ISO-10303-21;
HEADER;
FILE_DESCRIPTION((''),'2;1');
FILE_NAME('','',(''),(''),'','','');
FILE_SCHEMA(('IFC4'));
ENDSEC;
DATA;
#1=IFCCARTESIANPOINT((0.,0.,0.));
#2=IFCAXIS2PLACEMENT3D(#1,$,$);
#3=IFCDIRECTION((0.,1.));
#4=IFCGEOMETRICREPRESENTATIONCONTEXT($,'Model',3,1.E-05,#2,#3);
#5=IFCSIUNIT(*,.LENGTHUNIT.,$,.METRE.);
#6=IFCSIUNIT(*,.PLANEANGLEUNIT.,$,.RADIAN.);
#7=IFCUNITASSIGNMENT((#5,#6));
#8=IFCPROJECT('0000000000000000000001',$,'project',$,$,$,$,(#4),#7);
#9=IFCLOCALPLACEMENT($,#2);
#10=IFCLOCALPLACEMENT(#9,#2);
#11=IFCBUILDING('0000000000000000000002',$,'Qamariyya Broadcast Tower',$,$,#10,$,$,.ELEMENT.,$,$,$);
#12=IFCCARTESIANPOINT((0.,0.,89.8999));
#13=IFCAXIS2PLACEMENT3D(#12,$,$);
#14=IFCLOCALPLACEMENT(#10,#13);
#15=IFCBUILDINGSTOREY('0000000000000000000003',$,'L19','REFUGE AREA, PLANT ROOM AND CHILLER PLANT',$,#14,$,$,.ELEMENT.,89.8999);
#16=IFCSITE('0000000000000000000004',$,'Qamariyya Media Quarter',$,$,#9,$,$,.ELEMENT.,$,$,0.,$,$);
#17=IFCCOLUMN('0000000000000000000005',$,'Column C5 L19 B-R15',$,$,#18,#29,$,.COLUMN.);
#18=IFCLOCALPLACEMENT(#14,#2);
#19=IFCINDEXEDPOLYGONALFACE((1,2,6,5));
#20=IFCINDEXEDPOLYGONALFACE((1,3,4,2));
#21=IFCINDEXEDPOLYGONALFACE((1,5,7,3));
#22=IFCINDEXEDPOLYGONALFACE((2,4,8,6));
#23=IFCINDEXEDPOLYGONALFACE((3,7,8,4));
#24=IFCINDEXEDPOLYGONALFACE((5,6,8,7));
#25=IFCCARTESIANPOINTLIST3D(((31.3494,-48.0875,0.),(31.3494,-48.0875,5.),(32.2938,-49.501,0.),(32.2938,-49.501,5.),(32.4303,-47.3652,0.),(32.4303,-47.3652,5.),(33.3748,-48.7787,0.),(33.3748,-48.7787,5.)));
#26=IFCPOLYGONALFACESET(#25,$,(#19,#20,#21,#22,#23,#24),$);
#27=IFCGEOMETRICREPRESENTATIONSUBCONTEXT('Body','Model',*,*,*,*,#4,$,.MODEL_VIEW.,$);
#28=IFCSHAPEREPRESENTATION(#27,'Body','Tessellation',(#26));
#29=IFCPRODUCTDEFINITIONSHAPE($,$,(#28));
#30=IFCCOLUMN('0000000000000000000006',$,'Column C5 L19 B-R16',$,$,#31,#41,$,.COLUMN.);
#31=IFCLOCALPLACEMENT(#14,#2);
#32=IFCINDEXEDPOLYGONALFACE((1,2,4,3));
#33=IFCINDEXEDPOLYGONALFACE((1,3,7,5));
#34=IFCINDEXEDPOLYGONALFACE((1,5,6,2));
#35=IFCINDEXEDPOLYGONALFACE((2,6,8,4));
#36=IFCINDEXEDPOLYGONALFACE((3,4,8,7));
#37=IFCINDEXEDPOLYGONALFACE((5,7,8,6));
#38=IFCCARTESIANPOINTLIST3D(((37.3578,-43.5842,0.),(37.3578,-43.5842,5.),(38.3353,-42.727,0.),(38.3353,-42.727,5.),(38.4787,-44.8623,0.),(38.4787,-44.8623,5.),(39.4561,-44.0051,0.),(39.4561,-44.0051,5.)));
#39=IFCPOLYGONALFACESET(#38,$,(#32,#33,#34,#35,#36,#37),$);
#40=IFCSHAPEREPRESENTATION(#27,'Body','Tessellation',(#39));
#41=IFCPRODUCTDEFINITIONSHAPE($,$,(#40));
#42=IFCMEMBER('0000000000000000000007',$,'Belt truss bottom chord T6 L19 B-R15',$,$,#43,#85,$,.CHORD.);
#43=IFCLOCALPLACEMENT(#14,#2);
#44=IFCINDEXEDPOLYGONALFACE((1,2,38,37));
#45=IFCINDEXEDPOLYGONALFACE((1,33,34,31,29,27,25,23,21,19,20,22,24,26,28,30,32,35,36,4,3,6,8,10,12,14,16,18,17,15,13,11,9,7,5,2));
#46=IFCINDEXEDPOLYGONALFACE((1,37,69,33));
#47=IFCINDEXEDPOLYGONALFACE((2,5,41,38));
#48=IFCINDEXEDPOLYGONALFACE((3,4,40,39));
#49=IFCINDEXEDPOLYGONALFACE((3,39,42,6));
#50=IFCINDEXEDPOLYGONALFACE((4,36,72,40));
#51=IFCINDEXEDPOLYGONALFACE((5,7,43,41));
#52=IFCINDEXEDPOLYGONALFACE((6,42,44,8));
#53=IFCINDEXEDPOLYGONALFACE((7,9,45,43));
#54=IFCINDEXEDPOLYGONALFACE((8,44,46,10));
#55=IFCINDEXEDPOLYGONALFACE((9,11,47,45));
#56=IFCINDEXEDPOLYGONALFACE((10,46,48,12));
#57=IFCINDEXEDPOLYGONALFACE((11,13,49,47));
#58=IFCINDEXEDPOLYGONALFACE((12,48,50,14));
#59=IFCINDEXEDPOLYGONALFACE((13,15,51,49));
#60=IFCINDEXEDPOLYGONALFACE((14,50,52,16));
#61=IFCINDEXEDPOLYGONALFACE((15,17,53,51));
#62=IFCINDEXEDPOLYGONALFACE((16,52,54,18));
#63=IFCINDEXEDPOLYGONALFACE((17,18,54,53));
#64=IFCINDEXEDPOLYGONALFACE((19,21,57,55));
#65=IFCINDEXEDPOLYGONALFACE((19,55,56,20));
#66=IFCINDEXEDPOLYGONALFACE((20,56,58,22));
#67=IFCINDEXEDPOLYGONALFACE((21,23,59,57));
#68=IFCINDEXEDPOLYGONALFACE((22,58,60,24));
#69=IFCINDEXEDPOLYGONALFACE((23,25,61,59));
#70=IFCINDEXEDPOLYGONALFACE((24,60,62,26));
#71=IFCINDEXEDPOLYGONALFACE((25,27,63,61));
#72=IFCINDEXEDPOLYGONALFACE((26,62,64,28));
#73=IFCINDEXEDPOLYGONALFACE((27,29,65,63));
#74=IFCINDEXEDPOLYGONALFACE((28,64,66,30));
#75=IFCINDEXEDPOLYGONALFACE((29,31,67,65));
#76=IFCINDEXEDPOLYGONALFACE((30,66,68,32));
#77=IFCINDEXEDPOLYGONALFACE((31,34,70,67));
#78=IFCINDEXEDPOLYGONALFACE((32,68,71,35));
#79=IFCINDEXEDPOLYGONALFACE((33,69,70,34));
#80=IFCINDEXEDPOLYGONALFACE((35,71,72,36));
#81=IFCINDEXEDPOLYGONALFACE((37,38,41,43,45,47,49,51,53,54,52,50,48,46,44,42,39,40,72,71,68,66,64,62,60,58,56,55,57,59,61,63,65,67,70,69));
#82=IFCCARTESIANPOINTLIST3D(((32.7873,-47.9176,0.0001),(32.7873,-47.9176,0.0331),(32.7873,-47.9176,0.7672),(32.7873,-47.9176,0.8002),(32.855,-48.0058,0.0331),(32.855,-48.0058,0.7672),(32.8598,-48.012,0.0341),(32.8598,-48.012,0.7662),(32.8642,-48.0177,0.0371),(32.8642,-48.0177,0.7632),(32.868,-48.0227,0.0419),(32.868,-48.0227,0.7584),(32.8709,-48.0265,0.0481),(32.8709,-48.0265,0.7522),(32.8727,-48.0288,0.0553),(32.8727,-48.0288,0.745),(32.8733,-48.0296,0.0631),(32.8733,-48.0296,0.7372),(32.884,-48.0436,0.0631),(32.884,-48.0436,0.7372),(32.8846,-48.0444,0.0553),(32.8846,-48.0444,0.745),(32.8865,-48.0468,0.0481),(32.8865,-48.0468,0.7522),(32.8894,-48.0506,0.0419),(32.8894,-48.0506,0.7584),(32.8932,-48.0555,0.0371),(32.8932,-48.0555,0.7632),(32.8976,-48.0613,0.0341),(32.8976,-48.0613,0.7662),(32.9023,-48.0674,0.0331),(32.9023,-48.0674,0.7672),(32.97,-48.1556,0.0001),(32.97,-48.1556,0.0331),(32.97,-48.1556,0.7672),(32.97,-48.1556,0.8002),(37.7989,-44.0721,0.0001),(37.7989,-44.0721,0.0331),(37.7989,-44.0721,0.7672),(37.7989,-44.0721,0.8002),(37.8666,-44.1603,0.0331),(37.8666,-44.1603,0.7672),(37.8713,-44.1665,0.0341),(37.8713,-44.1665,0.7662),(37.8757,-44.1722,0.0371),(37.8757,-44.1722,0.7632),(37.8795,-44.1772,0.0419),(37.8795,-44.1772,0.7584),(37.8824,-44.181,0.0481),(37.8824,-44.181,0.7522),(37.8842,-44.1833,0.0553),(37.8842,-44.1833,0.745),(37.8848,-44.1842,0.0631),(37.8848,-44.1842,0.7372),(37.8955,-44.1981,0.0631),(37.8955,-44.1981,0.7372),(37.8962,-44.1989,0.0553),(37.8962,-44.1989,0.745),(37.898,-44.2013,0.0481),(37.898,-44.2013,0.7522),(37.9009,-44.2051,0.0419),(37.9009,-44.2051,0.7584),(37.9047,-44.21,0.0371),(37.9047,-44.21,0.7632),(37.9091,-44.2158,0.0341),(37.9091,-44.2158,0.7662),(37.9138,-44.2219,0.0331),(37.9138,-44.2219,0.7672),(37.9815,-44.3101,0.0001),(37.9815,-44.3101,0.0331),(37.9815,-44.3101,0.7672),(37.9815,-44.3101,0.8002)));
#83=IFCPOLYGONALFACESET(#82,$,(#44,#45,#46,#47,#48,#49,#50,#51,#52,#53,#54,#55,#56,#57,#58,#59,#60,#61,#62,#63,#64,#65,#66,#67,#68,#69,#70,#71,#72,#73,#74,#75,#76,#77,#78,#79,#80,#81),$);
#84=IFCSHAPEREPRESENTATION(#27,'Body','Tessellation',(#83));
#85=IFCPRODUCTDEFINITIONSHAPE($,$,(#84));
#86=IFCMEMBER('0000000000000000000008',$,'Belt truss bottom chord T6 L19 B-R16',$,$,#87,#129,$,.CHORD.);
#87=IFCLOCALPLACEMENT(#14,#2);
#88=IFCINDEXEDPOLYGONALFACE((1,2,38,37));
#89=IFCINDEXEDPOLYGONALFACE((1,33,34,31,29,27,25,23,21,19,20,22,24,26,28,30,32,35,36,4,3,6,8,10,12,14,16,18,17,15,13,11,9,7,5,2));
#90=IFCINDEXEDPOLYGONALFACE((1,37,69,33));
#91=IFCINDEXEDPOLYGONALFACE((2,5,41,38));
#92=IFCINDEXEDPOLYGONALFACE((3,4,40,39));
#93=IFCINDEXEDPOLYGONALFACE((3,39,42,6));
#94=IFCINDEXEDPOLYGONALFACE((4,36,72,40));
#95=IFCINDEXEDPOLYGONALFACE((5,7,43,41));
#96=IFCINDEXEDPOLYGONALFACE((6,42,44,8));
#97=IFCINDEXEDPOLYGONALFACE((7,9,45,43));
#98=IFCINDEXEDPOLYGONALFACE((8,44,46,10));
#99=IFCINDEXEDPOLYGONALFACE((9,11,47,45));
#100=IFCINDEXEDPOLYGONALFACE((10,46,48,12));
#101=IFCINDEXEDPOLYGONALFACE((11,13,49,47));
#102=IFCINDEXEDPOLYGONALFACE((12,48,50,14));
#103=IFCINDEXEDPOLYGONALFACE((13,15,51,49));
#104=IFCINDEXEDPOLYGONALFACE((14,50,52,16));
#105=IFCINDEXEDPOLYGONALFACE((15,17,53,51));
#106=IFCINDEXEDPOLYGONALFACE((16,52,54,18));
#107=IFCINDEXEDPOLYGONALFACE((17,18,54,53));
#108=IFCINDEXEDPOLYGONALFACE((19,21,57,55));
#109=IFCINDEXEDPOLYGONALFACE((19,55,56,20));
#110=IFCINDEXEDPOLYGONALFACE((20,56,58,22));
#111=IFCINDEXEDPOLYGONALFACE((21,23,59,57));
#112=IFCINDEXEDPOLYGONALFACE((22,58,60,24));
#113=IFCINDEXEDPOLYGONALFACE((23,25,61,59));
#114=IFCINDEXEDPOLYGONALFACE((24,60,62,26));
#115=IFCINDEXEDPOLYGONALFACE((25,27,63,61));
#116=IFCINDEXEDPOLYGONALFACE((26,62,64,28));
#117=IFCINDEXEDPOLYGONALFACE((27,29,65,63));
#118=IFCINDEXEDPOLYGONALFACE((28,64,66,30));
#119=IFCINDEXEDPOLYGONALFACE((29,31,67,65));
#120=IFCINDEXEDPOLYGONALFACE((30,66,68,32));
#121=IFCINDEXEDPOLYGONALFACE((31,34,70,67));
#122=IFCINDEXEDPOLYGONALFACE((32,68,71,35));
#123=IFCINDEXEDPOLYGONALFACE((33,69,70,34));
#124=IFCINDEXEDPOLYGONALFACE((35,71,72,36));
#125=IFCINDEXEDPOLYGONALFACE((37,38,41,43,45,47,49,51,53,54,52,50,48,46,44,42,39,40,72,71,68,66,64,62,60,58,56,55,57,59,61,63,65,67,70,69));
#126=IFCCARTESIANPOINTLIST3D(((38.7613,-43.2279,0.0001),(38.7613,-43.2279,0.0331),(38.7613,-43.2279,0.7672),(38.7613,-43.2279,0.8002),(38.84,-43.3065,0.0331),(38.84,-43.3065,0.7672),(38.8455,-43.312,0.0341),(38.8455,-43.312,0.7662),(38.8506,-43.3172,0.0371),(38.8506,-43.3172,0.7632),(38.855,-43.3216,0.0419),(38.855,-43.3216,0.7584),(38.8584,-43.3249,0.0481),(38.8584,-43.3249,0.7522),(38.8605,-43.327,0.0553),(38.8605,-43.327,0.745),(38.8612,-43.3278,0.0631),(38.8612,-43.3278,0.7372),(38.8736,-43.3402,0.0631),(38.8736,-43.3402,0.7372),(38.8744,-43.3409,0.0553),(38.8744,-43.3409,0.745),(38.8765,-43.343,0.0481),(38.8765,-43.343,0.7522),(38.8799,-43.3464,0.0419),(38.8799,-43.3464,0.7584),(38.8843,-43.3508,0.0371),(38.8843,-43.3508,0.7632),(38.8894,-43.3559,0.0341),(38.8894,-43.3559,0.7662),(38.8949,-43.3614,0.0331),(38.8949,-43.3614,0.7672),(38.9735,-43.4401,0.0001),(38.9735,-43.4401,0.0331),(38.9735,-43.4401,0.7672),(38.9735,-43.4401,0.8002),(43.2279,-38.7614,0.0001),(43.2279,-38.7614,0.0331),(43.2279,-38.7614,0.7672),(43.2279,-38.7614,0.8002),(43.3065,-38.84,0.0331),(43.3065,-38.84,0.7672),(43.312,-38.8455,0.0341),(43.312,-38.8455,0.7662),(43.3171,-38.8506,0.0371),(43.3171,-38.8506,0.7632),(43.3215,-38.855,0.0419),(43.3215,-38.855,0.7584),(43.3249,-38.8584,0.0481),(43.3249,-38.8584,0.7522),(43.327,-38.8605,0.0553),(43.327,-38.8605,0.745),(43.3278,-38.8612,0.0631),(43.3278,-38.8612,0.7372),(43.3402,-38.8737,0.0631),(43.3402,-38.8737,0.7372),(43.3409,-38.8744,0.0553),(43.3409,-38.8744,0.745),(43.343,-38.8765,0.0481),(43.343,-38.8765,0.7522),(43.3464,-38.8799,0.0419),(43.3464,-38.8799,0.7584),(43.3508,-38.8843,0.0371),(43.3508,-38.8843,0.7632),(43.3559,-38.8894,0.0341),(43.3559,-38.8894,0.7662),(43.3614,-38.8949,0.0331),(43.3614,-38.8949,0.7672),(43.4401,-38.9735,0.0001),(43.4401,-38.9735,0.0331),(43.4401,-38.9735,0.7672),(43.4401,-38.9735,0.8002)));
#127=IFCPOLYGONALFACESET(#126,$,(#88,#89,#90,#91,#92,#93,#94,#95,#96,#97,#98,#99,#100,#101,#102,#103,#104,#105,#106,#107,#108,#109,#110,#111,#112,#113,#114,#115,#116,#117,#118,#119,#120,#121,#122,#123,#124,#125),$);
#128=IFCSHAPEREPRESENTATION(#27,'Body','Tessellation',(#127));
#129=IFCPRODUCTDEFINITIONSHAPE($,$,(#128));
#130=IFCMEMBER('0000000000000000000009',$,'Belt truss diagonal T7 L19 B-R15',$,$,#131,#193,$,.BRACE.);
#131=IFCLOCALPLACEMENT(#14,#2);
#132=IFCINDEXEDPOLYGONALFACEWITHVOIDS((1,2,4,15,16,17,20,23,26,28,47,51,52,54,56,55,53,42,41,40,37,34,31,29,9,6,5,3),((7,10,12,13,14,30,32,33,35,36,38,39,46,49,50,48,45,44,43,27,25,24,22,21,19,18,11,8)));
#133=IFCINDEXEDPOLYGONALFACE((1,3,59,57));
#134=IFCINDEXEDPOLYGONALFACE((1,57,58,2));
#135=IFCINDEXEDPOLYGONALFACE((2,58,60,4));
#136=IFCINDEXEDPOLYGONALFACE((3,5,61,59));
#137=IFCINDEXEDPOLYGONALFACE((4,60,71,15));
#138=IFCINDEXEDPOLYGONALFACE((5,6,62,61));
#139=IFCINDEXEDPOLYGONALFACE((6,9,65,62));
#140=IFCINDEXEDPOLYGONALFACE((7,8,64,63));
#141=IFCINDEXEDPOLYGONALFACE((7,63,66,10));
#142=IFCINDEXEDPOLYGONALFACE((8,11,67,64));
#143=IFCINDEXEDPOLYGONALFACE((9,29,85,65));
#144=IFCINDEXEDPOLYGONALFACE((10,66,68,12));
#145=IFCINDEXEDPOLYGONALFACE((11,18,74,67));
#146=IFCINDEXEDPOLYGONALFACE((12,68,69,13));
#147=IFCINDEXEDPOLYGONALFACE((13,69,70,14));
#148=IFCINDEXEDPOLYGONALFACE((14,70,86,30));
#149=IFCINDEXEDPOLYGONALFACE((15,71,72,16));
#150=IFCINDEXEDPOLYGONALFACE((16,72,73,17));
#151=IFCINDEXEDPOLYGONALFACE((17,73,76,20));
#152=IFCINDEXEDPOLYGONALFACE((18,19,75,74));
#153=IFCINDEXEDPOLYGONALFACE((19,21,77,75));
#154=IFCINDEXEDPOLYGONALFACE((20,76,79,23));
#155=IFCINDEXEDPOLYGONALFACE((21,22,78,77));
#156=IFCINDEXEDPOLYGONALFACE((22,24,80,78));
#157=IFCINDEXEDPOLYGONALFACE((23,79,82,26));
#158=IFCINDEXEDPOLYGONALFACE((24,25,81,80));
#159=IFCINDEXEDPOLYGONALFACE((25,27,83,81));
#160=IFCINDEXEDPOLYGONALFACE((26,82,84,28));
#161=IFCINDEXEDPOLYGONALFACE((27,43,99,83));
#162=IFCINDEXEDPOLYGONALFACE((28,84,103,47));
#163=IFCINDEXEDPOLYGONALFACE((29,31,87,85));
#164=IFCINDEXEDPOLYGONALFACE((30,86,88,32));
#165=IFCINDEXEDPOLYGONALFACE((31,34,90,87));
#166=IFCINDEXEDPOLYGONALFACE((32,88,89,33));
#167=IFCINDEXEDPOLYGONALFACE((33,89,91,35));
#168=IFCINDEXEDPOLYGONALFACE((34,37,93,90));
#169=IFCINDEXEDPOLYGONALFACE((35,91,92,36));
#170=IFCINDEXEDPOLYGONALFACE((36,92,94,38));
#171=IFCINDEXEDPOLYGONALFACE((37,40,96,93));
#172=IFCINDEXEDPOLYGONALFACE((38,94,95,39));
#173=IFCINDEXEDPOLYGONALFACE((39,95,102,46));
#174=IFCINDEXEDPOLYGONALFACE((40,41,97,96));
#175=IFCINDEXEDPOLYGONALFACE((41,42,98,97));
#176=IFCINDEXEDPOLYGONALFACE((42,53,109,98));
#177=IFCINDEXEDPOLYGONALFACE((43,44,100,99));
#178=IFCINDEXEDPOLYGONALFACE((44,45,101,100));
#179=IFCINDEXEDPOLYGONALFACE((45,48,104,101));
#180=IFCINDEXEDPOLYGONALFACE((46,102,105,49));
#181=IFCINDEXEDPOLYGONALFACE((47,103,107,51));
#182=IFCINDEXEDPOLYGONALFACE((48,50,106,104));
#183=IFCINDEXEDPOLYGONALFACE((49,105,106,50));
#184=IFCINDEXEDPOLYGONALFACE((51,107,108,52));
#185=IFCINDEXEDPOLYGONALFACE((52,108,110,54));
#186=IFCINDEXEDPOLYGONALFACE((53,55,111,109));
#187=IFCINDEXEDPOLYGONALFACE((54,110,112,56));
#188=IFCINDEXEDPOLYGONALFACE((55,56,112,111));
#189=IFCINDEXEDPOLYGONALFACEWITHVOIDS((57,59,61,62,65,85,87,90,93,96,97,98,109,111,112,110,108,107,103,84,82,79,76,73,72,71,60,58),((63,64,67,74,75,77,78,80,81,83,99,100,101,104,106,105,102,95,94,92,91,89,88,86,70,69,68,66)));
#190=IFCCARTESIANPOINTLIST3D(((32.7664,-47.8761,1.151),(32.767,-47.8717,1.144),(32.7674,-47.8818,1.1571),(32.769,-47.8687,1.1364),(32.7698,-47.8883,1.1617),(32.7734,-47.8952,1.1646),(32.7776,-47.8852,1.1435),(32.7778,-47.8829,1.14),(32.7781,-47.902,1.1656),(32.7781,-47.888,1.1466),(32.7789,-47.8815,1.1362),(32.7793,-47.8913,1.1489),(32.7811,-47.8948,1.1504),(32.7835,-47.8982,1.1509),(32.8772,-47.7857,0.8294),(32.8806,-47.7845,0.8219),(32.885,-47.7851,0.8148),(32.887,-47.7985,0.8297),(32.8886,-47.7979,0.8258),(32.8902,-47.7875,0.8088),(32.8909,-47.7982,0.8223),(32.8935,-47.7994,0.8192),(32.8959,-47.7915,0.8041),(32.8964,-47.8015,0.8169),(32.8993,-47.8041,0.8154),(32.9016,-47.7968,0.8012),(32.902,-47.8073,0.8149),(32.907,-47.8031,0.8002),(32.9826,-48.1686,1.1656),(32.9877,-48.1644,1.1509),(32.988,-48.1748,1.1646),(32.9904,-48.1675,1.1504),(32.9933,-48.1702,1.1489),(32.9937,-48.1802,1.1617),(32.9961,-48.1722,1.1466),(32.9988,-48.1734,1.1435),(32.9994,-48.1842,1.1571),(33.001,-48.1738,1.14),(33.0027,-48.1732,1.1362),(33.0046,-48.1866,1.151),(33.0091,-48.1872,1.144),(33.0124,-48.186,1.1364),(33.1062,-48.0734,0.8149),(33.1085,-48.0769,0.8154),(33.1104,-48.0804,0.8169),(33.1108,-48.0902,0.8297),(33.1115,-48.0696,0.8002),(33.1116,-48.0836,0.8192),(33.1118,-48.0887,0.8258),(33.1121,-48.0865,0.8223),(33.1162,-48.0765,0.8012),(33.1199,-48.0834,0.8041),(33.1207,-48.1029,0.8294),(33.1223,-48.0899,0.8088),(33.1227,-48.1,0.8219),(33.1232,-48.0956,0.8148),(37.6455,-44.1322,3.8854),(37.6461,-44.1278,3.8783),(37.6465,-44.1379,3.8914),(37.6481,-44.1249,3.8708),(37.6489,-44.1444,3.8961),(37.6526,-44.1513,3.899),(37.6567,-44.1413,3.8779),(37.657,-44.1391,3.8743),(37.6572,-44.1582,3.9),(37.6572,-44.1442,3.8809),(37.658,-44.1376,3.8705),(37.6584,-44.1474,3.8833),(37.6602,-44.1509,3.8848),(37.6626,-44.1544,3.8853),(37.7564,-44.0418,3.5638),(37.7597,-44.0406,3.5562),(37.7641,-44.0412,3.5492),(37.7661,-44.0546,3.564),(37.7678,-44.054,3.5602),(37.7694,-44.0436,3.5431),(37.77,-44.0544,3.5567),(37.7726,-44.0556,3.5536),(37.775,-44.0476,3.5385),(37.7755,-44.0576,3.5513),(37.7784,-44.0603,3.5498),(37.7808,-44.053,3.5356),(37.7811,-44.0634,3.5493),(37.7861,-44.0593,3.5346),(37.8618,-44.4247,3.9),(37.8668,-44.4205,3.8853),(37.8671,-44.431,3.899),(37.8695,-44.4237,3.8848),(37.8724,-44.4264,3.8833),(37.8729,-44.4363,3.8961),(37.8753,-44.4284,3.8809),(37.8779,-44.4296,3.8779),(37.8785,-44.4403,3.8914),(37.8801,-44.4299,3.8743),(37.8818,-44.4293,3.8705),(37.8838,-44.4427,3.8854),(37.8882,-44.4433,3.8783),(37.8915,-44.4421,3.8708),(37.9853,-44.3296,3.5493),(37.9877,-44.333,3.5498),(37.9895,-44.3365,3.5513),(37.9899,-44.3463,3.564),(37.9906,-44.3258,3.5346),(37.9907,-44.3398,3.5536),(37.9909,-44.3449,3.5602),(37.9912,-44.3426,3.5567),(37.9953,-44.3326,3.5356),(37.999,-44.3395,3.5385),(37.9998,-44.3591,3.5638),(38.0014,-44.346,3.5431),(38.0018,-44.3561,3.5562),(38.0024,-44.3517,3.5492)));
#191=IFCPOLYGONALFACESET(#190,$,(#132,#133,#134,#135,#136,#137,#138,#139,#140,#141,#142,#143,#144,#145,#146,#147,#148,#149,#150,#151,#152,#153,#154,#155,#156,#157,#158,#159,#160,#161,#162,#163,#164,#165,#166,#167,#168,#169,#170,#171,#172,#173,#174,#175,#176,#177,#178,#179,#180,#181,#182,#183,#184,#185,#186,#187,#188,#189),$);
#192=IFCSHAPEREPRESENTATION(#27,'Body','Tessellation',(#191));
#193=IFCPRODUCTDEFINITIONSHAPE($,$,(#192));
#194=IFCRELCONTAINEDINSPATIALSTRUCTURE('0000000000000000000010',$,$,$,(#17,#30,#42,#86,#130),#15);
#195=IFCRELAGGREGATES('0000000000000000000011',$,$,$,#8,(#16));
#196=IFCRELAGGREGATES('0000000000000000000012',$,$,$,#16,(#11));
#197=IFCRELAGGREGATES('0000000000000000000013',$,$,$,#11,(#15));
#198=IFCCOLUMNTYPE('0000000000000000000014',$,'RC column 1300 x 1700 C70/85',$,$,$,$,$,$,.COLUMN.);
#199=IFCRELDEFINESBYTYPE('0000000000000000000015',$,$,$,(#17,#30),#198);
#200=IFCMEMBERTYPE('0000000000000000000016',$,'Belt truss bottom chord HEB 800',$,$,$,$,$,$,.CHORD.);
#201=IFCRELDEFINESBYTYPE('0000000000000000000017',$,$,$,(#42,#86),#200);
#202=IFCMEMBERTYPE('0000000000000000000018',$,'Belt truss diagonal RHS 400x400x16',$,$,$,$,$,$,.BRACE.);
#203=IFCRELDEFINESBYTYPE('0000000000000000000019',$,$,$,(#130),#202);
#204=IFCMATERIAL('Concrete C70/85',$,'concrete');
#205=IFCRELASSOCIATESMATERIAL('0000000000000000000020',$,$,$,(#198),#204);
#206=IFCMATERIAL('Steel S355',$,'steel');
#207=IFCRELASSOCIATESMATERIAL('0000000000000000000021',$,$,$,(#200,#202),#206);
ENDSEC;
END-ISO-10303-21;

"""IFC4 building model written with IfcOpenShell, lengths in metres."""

from ifc_helpers import new_model, si_unit, direction, frame, origin, origin_2d, place, context, subcontext, project, spatial, rectangle, hollow_rectangle, i_section, extrude, material, material_profile, profile_set, type_object, element, save


model = new_model("IFC4")

# Units and contexts
model_context = context("Model", 3, precision=1e-05, world=origin(), true_north=direction((0.0, 1.0)))
body_context = subcontext(model_context, "Body", "Model", "MODEL_VIEW")
ifc_project = project(units=[si_unit("LENGTHUNIT", "METRE"), si_unit("PLANEANGLEUNIT", "RADIAN")], contexts=[model_context])

# Site, building, storey
site_placement = place(None, origin())
site = spatial("IfcSite", under=ifc_project, at=site_placement, Name="Qamariyya Media Quarter", CompositionType="ELEMENT", RefElevation=0.0)
building_placement = place(site_placement, origin())
building = spatial("IfcBuilding", under=site, at=building_placement, Name="Qamariyya Broadcast Tower", CompositionType="ELEMENT")
storey_placement = place(building_placement, frame((0.0, 0.0, 89.8999)))
storey = spatial("IfcBuildingStorey", under=building, at=storey_placement, Name="L19", Description="REFUGE AREA, PLANT ROOM AND CHILLER PLANT", CompositionType="ELEMENT", Elevation=89.8999)

# Columns
ifc_material_1 = material(Name="Concrete C70/85", Category="concrete")
ifc_material_profile_1 = material_profile(ifc_material_1, rectangle(XDim=1.3, YDim=1.7, at=origin_2d()))
ifc_profile_set_1 = profile_set([ifc_material_profile_1], Name="Concrete C70/85")
column_type = type_object("IfcColumnType", Name="RC column 1300 x 1700 C70/85", PredefinedType="COLUMN", material=ifc_profile_set_1)
for number, where, z_axis, x_axis, name in (
    (1, (32.3621, -48.4331, 0.0), (0.0, 0.0, 1.0), (0.83147, 0.55557, 0.0), "Column C5 L19 B-R15"),
    (2, (38.407, -43.7947, 0.0), (0.0, 0.0, 1.0), (0.75184, 0.659346, 0.0), "Column C5 L19 B-R16"),
):
    element("IfcColumn", number, at=place(storey_placement, frame(where, z_axis=z_axis, x_axis=x_axis)), inside=storey, type_object=column_type, Name=name, PredefinedType="COLUMN", context=body_context, shape_type="SweptSolid", body=[
        extrude(rectangle(XDim=1.3, YDim=1.7, at=origin_2d()), origin(), (0.0, 0.0, 1.0), 5.0),
    ])

# Members
ifc_material_2 = material(Name="Steel S355", Category="steel")
ifc_material_profile_2 = material_profile(ifc_material_2, i_section(OverallWidth=0.3, OverallDepth=0.8, WebThickness=0.0176, FlangeThickness=0.033, FilletRadius=0.03, at=origin_2d()))
ifc_profile_set_2 = profile_set([ifc_material_profile_2], Name="Steel S355")
member_type_1 = type_object("IfcMemberType", Name="Belt truss bottom chord HEB 800", PredefinedType="CHORD", material=ifc_profile_set_2)
member_1_placement = place(storey_placement, frame((32.8787, -48.0366, 0.4001), z_axis=(0.793352, 0.608763, 0.0), x_axis=(-0.608763, 0.793352, 0.0)))
element("IfcMember", 3, at=member_1_placement, inside=storey, type_object=member_type_1, Name="Belt truss bottom chord T6 L19 B-R15", PredefinedType="CHORD", context=body_context, shape_type="SweptSolid", body=[
    extrude(i_section(OverallWidth=0.3, OverallDepth=0.8, WebThickness=0.0176, FlangeThickness=0.033, FilletRadius=0.03, at=origin_2d()), origin(), (0.0, 0.0, 1.0), 6.3169),
])
member_2_placement = place(storey_placement, frame((38.8674, -43.334, 0.4001), z_axis=(0.707107, 0.707107, 0.0), x_axis=(-0.707107, 0.707107, 0.0)))
element("IfcMember", 4, at=member_2_placement, inside=storey, type_object=member_type_1, Name="Belt truss bottom chord T6 L19 B-R16", PredefinedType="CHORD", context=body_context, shape_type="SweptSolid", body=[
    extrude(i_section(OverallWidth=0.3, OverallDepth=0.8, WebThickness=0.0176, FlangeThickness=0.033, FilletRadius=0.03, at=origin_2d()), origin(), (0.0, 0.0, 1.0), 6.3167),
])
ifc_material_profile_3 = material_profile(ifc_material_2, hollow_rectangle(XDim=0.3999, YDim=0.3999, WallThickness=0.0161, InnerFilletRadius=0.0161, OuterFilletRadius=0.032, at=origin_2d()))
ifc_profile_set_3 = profile_set([ifc_material_profile_3], Name="Steel S355")
member_type_2 = type_object("IfcMemberType", Name="Belt truss diagonal RHS 400x400x16", PredefinedType="BRACE", material=ifc_profile_set_3)
member_3_placement = place(storey_placement, frame((32.9448, -47.9858, 0.9829), z_axis=(0.724931, 0.556258, 0.406266), x_axis=(-0.608761, 0.793354, 0.0)))
element("IfcMember", 5, at=member_3_placement, inside=storey, type_object=member_type_2, Name="Belt truss diagonal T7 L19 B-R15", PredefinedType="BRACE", context=body_context, shape_type="SweptSolid", body=[
    extrude(hollow_rectangle(XDim=0.3999, YDim=0.3999, WallThickness=0.0161, InnerFilletRadius=0.0161, OuterFilletRadius=0.032, at=origin_2d()), origin(), (0.0, 0.0, 1.0), 6.7305),
])

save(model, "model.ifc")
